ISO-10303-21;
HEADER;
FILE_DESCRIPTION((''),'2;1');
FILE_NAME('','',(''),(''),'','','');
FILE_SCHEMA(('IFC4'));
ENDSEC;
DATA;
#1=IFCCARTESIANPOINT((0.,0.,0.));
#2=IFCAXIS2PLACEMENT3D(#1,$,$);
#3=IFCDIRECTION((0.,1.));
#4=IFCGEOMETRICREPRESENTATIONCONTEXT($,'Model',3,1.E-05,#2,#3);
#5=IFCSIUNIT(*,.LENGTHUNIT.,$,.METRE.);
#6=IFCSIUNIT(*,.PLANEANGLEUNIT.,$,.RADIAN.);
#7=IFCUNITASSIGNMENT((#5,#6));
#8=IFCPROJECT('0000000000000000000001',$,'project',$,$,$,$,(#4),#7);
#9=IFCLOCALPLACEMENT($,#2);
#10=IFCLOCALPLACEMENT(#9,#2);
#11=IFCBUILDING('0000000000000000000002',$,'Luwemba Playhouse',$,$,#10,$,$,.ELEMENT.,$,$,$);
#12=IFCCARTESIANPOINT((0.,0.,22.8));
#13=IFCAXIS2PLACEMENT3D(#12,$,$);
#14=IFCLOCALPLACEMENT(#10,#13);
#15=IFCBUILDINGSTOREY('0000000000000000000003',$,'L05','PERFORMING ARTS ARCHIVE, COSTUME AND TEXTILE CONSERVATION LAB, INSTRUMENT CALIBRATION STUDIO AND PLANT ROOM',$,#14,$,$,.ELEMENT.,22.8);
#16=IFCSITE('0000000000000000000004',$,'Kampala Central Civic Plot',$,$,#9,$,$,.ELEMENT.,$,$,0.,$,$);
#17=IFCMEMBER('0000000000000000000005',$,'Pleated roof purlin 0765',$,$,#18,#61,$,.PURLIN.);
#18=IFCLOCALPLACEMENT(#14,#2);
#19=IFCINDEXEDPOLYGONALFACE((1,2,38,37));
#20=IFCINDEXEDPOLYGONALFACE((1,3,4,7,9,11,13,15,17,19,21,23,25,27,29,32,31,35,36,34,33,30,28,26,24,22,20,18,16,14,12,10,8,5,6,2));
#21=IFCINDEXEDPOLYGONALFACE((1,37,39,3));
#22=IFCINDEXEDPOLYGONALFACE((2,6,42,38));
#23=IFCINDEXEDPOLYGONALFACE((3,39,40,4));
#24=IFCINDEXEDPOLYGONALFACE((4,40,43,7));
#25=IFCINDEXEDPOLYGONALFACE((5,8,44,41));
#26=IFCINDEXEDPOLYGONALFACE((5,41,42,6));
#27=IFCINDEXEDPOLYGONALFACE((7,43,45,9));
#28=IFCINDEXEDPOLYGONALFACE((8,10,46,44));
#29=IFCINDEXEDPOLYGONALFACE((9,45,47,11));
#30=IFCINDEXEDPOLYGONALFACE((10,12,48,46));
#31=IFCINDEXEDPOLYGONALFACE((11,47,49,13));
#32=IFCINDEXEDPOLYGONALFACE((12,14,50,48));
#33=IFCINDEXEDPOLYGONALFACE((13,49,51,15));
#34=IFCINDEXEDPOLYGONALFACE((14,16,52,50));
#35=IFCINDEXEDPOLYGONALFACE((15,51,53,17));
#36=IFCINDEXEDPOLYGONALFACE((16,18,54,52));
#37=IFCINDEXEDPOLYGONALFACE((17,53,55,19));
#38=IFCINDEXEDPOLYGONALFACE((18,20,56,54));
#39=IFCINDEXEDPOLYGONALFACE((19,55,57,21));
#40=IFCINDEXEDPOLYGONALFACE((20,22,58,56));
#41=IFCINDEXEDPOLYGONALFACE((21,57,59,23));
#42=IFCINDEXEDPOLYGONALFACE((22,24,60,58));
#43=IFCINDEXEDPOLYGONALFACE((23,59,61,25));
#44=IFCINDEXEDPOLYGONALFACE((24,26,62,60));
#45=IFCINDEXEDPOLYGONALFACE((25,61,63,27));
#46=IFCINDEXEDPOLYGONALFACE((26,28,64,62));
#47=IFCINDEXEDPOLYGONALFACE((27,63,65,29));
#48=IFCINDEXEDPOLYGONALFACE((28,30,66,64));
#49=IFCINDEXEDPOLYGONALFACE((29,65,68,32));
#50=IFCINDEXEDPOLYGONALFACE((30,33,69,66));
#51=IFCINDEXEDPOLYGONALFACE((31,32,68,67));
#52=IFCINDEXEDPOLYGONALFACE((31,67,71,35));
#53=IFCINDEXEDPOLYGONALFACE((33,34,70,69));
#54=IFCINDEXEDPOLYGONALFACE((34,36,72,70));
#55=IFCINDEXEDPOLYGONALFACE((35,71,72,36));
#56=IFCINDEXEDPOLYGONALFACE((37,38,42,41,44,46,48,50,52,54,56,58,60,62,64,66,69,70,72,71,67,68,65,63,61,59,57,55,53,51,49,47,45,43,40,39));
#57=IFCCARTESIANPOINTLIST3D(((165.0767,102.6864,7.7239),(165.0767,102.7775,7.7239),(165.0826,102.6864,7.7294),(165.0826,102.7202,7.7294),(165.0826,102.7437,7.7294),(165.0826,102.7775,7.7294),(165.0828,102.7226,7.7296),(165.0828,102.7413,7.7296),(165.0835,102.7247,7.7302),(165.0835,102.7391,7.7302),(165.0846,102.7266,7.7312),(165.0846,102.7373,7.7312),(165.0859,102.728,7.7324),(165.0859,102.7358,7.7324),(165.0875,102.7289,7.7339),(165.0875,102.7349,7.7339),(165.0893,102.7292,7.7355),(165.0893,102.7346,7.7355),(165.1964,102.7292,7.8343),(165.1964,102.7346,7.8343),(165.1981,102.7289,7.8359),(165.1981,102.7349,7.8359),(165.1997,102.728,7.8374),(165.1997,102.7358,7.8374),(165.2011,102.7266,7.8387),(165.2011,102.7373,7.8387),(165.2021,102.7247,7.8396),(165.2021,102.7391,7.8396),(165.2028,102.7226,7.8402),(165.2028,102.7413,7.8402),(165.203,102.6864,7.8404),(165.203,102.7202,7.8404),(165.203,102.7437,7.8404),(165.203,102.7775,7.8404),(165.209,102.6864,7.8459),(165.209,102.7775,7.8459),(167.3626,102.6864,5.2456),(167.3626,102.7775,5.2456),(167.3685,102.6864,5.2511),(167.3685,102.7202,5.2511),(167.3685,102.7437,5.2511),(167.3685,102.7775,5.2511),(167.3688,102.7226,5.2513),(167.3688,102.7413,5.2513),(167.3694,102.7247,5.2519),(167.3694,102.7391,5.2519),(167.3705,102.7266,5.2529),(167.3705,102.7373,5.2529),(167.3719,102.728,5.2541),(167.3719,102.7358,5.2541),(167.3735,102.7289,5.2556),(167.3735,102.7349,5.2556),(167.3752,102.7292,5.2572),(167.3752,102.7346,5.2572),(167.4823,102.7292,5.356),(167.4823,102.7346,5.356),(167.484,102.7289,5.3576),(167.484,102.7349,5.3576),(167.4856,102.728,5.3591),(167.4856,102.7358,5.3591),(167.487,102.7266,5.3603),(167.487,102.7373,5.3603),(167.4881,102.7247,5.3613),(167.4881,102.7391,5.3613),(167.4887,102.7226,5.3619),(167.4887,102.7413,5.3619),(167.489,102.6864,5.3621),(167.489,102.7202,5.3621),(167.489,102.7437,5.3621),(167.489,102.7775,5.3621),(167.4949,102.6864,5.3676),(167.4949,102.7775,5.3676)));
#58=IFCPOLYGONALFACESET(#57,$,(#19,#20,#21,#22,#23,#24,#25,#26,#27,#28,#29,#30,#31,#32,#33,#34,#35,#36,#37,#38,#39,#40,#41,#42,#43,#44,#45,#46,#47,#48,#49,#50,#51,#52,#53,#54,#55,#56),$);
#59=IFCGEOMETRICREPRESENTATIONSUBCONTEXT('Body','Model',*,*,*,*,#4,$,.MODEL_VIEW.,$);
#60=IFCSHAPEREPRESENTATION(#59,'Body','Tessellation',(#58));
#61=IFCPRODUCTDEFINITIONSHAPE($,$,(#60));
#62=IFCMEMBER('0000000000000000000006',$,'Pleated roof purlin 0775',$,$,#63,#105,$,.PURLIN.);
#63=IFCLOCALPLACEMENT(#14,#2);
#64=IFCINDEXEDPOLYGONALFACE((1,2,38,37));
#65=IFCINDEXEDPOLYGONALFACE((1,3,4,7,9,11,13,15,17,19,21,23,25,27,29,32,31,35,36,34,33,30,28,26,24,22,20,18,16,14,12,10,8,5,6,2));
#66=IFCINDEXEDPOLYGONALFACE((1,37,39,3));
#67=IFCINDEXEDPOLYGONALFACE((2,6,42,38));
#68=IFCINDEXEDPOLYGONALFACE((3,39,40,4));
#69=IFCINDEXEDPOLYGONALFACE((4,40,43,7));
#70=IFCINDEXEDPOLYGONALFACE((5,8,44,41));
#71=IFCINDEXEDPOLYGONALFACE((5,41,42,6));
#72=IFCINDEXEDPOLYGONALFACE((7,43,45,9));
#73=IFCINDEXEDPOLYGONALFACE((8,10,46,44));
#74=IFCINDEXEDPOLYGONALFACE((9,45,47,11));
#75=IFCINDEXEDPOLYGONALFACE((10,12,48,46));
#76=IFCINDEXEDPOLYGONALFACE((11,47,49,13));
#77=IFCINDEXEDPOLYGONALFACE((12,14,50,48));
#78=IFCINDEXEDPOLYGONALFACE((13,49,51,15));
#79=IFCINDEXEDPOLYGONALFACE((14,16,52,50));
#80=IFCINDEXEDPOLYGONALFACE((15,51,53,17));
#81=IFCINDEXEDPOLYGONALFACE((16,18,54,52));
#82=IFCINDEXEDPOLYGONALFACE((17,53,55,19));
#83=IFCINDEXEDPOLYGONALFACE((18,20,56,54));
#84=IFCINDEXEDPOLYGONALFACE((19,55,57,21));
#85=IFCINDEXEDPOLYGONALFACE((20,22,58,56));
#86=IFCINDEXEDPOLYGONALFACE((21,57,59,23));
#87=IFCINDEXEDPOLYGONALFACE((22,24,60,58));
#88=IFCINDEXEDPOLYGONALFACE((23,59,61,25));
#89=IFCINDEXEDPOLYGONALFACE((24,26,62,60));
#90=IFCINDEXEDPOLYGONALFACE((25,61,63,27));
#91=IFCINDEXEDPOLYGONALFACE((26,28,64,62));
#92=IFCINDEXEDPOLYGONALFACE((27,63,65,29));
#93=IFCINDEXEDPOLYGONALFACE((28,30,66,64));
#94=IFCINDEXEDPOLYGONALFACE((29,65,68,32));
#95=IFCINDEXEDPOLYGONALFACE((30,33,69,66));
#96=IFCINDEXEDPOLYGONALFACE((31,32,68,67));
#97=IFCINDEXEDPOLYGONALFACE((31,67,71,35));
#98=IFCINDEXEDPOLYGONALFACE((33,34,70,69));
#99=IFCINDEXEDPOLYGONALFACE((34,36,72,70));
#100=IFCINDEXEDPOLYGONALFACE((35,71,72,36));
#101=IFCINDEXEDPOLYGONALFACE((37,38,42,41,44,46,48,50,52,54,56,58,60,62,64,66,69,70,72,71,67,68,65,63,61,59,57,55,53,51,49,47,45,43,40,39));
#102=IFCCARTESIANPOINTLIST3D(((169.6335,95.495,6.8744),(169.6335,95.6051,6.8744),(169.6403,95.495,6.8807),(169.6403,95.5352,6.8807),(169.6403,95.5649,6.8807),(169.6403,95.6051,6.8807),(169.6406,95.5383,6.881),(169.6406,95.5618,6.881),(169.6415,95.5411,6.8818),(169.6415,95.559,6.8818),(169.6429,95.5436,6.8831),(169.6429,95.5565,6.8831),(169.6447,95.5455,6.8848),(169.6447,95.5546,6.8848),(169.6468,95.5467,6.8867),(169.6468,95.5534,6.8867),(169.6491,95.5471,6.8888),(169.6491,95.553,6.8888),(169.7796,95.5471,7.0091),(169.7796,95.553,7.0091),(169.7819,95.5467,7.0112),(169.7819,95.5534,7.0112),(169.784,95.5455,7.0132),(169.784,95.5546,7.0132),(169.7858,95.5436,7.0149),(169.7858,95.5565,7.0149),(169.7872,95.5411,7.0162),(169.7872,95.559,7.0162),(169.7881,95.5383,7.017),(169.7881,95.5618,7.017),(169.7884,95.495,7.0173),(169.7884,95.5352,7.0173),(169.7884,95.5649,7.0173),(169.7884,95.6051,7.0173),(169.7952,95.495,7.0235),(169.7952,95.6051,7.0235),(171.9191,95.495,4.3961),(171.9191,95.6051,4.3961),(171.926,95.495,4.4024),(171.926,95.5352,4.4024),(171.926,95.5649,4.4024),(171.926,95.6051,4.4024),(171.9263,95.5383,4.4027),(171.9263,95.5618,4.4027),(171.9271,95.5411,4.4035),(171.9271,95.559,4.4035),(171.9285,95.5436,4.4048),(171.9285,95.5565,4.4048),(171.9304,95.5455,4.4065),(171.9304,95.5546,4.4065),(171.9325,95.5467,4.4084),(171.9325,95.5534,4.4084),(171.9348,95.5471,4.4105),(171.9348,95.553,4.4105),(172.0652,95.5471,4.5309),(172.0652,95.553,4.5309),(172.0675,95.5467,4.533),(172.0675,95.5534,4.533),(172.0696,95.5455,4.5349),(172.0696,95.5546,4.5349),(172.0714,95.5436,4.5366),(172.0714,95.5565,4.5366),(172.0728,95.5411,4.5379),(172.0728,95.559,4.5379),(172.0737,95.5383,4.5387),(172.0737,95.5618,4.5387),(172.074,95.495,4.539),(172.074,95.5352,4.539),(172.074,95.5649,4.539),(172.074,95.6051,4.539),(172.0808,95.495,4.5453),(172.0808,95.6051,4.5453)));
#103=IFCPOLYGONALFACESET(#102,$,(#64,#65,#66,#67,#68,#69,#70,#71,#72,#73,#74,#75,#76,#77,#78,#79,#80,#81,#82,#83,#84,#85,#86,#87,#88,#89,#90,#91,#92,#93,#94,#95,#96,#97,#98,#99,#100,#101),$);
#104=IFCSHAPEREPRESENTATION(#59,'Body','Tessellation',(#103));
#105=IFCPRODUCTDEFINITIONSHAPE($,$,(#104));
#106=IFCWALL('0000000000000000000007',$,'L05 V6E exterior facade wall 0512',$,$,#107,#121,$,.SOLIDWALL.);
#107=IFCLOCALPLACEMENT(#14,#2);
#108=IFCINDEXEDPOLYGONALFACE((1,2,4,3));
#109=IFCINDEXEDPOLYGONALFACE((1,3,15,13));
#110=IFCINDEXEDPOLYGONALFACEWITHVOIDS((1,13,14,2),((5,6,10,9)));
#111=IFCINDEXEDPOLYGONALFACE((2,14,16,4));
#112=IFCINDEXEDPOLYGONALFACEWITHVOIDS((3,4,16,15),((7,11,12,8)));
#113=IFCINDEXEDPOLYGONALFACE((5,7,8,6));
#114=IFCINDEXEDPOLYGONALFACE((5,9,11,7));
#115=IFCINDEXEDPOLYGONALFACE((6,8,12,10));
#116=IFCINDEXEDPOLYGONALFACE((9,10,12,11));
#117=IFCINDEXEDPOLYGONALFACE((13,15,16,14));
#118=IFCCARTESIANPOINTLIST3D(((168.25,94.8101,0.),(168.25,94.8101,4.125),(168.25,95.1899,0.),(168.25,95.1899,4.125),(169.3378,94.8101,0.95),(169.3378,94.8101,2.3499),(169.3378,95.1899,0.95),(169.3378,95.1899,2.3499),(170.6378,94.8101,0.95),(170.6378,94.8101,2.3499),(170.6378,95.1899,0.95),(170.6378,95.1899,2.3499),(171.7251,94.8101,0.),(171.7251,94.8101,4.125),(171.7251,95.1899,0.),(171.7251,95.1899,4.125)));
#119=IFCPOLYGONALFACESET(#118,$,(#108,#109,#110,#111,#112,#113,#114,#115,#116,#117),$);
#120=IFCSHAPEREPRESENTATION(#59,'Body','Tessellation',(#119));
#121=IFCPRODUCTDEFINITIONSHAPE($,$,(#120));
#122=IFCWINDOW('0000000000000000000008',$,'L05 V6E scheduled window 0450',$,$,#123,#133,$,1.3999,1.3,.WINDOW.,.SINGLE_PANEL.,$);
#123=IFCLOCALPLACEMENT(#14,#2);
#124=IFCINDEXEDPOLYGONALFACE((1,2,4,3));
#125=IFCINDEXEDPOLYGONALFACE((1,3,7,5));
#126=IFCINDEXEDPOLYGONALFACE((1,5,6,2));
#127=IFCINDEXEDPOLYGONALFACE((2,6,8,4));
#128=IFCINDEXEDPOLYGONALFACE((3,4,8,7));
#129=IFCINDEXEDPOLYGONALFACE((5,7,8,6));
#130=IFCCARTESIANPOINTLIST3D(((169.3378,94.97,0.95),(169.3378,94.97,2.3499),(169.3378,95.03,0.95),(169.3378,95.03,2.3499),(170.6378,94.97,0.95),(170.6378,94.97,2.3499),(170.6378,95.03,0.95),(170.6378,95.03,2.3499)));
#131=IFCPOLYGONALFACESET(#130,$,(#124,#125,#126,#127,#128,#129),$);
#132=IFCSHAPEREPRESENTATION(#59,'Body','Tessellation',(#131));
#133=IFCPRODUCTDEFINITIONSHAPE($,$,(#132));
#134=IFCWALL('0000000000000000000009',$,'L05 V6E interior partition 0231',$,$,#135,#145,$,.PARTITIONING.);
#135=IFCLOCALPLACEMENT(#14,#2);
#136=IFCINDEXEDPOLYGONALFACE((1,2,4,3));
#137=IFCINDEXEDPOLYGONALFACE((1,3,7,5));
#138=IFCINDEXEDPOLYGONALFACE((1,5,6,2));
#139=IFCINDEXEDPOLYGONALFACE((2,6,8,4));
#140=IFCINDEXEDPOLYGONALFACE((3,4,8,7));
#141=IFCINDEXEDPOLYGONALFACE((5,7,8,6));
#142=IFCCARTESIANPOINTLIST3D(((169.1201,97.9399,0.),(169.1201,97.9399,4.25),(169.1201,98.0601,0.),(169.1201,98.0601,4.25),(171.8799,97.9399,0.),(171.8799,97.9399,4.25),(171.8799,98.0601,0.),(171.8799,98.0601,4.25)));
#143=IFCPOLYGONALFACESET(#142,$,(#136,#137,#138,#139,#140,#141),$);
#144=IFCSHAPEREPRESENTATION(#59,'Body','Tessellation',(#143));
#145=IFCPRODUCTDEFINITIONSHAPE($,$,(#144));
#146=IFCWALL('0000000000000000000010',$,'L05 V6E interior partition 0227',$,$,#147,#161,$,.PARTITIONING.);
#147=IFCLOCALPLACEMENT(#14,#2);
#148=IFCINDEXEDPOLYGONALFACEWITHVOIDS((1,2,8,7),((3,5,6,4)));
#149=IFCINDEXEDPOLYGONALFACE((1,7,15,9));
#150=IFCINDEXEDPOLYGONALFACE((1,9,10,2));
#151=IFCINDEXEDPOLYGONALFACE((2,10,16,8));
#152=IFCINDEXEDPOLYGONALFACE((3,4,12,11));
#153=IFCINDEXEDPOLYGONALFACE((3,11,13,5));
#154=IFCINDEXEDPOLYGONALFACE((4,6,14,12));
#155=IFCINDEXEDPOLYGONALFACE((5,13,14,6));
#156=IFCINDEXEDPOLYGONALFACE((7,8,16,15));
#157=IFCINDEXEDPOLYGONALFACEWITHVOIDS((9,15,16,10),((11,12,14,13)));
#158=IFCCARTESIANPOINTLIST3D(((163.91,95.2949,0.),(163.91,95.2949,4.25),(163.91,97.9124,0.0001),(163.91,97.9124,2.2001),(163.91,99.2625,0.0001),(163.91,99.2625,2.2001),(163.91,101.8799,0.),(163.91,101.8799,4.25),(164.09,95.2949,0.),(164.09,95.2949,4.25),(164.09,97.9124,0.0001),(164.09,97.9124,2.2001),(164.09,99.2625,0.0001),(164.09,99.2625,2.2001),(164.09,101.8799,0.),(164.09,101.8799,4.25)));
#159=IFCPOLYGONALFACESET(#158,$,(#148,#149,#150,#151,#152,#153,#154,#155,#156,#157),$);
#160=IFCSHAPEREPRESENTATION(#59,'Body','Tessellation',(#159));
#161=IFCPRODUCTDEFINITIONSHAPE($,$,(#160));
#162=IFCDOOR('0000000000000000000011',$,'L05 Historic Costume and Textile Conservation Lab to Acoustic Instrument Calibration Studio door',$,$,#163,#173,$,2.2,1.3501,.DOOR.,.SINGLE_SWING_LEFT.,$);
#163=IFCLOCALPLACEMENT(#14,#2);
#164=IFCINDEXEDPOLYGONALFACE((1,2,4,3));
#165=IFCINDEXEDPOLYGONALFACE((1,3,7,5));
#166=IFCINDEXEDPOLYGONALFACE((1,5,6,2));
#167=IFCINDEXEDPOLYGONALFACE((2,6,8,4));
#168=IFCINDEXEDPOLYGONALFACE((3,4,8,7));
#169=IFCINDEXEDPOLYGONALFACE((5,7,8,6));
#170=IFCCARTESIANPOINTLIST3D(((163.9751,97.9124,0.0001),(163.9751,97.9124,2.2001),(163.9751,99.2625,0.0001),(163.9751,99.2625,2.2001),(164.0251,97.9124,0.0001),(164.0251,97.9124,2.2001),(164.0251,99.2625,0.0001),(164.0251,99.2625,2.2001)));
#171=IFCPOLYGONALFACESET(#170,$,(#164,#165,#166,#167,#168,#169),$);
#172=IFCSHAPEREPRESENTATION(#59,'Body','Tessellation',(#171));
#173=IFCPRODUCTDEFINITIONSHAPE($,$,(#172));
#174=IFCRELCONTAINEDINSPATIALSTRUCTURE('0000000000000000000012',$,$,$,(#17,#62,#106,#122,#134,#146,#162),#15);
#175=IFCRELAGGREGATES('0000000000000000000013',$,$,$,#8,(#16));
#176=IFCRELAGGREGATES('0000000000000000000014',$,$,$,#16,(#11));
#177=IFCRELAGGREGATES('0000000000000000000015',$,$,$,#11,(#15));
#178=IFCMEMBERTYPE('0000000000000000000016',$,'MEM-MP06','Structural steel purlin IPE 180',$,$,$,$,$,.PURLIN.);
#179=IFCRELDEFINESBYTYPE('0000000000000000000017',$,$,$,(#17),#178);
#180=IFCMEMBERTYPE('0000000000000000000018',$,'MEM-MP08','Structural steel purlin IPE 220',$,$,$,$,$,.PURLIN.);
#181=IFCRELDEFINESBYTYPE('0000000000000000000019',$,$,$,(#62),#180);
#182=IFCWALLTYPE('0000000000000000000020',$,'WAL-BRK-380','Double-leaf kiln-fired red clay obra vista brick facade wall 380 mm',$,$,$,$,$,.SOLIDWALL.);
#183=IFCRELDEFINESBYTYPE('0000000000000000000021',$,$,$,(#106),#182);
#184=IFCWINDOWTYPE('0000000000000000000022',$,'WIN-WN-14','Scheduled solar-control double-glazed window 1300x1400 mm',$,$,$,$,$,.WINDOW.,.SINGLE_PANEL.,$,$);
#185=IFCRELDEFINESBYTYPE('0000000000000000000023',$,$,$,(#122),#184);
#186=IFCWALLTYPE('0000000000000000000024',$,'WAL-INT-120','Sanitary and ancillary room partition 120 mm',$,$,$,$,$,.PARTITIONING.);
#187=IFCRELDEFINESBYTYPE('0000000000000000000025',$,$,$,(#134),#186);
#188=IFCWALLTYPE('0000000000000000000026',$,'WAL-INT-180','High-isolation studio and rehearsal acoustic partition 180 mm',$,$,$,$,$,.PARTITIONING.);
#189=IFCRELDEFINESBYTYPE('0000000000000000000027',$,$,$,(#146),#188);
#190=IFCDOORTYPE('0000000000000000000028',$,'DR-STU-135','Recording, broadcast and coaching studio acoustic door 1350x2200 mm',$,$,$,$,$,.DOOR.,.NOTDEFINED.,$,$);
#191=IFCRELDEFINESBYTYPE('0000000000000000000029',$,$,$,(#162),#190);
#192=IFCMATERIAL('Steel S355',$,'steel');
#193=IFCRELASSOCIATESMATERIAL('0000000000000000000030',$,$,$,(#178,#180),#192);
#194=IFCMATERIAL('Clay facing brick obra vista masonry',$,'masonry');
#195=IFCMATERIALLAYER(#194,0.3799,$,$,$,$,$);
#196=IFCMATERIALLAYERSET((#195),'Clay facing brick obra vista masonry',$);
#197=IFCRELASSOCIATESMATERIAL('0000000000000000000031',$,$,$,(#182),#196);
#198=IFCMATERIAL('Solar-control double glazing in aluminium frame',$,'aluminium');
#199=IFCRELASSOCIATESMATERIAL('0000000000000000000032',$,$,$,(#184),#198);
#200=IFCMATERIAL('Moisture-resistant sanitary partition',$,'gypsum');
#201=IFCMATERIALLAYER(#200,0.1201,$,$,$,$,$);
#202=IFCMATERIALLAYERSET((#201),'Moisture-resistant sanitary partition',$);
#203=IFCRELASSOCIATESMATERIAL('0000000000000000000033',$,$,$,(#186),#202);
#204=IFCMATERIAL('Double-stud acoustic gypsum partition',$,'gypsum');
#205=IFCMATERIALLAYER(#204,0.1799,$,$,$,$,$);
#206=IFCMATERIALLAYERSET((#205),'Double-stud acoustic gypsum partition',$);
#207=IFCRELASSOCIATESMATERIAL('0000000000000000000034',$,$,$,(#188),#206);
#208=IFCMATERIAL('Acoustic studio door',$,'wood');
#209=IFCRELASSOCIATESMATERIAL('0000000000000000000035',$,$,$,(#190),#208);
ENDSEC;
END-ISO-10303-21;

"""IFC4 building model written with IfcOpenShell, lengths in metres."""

from ifc_helpers import new_model, si_unit, direction, frame, frame_2d, origin, origin_2d, place, context, subcontext, project, spatial, rectangle, i_section, extrude, material, layer, layer_set, material_profile, profile_set, type_object, element, fill, save


model = new_model("IFC4")

# Units and contexts
model_context = context("Model", 3, precision=1e-05, world=origin(), true_north=direction((0.0, 1.0)))
body_context = subcontext(model_context, "Body", "Model", "MODEL_VIEW")
ifc_project = project(units=[si_unit("LENGTHUNIT", "METRE"), si_unit("PLANEANGLEUNIT", "RADIAN")], contexts=[model_context])

# Site, building, storey
site_placement = place(None, origin())
site = spatial("IfcSite", under=ifc_project, at=site_placement, Name="Kampala Central Civic Plot", CompositionType="ELEMENT", RefElevation=0.0)
building_placement = place(site_placement, origin())
building = spatial("IfcBuilding", under=site, at=building_placement, Name="Luwemba Playhouse", CompositionType="ELEMENT")
storey_placement = place(building_placement, frame((0.0, 0.0, 22.8)))
storey = spatial("IfcBuildingStorey", under=building, at=storey_placement, Name="L05", Description="PERFORMING ARTS ARCHIVE, COSTUME AND TEXTILE CONSERVATION LAB, INSTRUMENT CALIBRATION STUDIO AND PLANT ROOM", CompositionType="ELEMENT", Elevation=22.8)

# Shared definitions
ifc_material_1 = material(Name="Steel S355", Category="steel")

# Members
ifc_material_profile_1 = material_profile(ifc_material_1, i_section(OverallWidth=0.0911, OverallDepth=0.1799, WebThickness=0.0054, FlangeThickness=0.0081, FilletRadius=0.009, at=origin_2d()))
ifc_profile_set_1 = profile_set([ifc_material_profile_1], Name="Steel S355")
member_type_1 = type_object("IfcMemberType", Name="MEM-MP06", Description="Structural steel purlin IPE 180", PredefinedType="PURLIN", material=ifc_profile_set_1)
member_1_placement = place(storey_placement, frame((165.1428, 102.7319, 7.7849), z_axis=(0.678, 0.0, -0.735062), x_axis=(0.0, 1.0, 0.0)))
element("IfcMember", 1, at=member_1_placement, inside=storey, type_object=member_type_1, Name="Pleated roof purlin 0765", PredefinedType="PURLIN", context=body_context, shape_type="SweptSolid", body=[
    extrude(i_section(OverallWidth=0.0911, OverallDepth=0.1799, WebThickness=0.0054, FlangeThickness=0.0081, FilletRadius=0.009, at=origin_2d()), origin(), (0.0, 0.0, 1.0), 3.3716),
])
ifc_material_profile_2 = material_profile(ifc_material_1, i_section(OverallWidth=0.1101, OverallDepth=0.22, WebThickness=0.0059, FlangeThickness=0.0093, FilletRadius=0.012, at=origin_2d()))
ifc_profile_set_2 = profile_set([ifc_material_profile_2], Name="Steel S355")
member_type_2 = type_object("IfcMemberType", Name="MEM-MP08", Description="Structural steel purlin IPE 220", PredefinedType="PURLIN", material=ifc_profile_set_2)
member_2_placement = place(storey_placement, frame((169.7144, 95.55, 6.949), z_axis=(0.677961, 0.0, -0.735098), x_axis=(0.0, 1.0, 0.0)))
element("IfcMember", 2, at=member_2_placement, inside=storey, type_object=member_type_2, Name="Pleated roof purlin 0775", PredefinedType="PURLIN", context=body_context, shape_type="SweptSolid", body=[
    extrude(i_section(OverallWidth=0.1101, OverallDepth=0.22, WebThickness=0.0059, FlangeThickness=0.0093, FilletRadius=0.012, at=origin_2d()), origin(), (0.0, 0.0, 1.0), 3.3713),
])

# Wall, opening, window
ifc_material_2 = material(Name="Clay facing brick obra vista masonry", Category="masonry")
ifc_layer_1 = layer(ifc_material_2, 0.3799)
ifc_layer_set_1 = layer_set([ifc_layer_1], Name="Clay facing brick obra vista masonry")
wall_type_1 = type_object("IfcWallType", Name="WAL-BRK-380", Description="Double-leaf kiln-fired red clay obra vista brick facade wall 380 mm", PredefinedType="SOLIDWALL", material=ifc_layer_set_1)
wall_1_placement = place(storey_placement, frame((171.7251, 95.0, 0.0), z_axis=(0.0, 0.0, 1.0), x_axis=(-1.0, 0.0, 0.0)))
wall_1 = element("IfcWall", 3, at=wall_1_placement, inside=storey, type_object=wall_type_1, Name="L05 V6E exterior facade wall 0512", PredefinedType="SOLIDWALL", context=body_context, shape_type="SweptSolid", body=[
    extrude(rectangle(XDim=3.4751, YDim=0.3799, at=frame_2d((1.7375, 0.0))), origin(), (0.0, 0.0, 1.0), 4.125),
])
opening_1_placement = place(wall_1_placement, frame((1.0874, 0.0, 0.95)))
opening_1 = element("IfcOpeningElement", 4, at=opening_1_placement, cuts=wall_1, PredefinedType="OPENING", context=body_context, shape_type="SweptSolid", body=[
    extrude(rectangle(XDim=1.3, YDim=1.3999, at=frame_2d((0.6499, 0.7))), frame((0.0, 0.2, 0.0), z_axis=(0.0, -1.0, 0.0), x_axis=(1.0, 0.0, 0.0)), (0.0, 0.0, 1.0), 0.3999),
])
ifc_material_3 = material(Name="Solar-control double glazing in aluminium frame", Category="aluminium")
window_type_1 = type_object("IfcWindowType", Name="WIN-WN-14", Description="Scheduled solar-control double-glazed window 1300x1400 mm", PartitioningType="SINGLE_PANEL", PredefinedType="WINDOW", material=ifc_material_3)
window_1_placement = place(opening_1_placement, origin())
window_1 = element("IfcWindow", 5, at=window_1_placement, inside=storey, type_object=window_type_1, Name="L05 V6E scheduled window 0450", OverallHeight=1.3999, OverallWidth=1.3, PartitioningType="SINGLE_PANEL", PredefinedType="WINDOW", context=body_context, shape_type="SweptSolid", body=[
    extrude(rectangle(XDim=1.3, YDim=1.3999, at=frame_2d((0.6499, 0.7))), frame((0.0, 0.03, 0.0), z_axis=(0.0, -1.0, 0.0), x_axis=(1.0, 0.0, 0.0)), (0.0, 0.0, 1.0), 0.0601),
])
fill(opening_1, window_1)

# Wall
ifc_material_4 = material(Name="Moisture-resistant sanitary partition", Category="gypsum")
ifc_layer_2 = layer(ifc_material_4, 0.1201)
ifc_layer_set_2 = layer_set([ifc_layer_2], Name="Moisture-resistant sanitary partition")
wall_type_2 = type_object("IfcWallType", Name="WAL-INT-120", Description="Sanitary and ancillary room partition 120 mm", PredefinedType="PARTITIONING", material=ifc_layer_set_2)
wall_2_placement = place(storey_placement, frame((169.1201, 98.0, 0.0), z_axis=(0.0, 0.0, 1.0), x_axis=(1.0, 0.0, 0.0)))
element("IfcWall", 6, at=wall_2_placement, inside=storey, type_object=wall_type_2, Name="L05 V6E interior partition 0231", PredefinedType="PARTITIONING", context=body_context, shape_type="SweptSolid", body=[
    extrude(rectangle(XDim=2.7598, YDim=0.1201, at=frame_2d((1.3799, 0.0))), origin(), (0.0, 0.0, 1.0), 4.25),
])

# Wall, opening, door
ifc_material_5 = material(Name="Double-stud acoustic gypsum partition", Category="gypsum")
ifc_layer_3 = layer(ifc_material_5, 0.1799)
ifc_layer_set_3 = layer_set([ifc_layer_3], Name="Double-stud acoustic gypsum partition")
wall_type_3 = type_object("IfcWallType", Name="WAL-INT-180", Description="High-isolation studio and rehearsal acoustic partition 180 mm", PredefinedType="PARTITIONING", material=ifc_layer_set_3)
wall_3_placement = place(storey_placement, frame((164.0, 95.2949, 0.0), z_axis=(0.0, 0.0, 1.0), x_axis=(0.0, 1.0, 0.0)))
wall_3 = element("IfcWall", 7, at=wall_3_placement, inside=storey, type_object=wall_type_3, Name="L05 V6E interior partition 0227", PredefinedType="PARTITIONING", context=body_context, shape_type="SweptSolid", body=[
    extrude(rectangle(XDim=6.585, YDim=0.1799, at=frame_2d((3.2925, 0.0))), origin(), (0.0, 0.0, 1.0), 4.25),
])
opening_2_placement = place(wall_3_placement, frame((2.6174, 0.0, 0.0)))
opening_2 = element("IfcOpeningElement", 8, at=opening_2_placement, cuts=wall_3, PredefinedType="OPENING", context=body_context, shape_type="SweptSolid", body=[
    extrude(rectangle(XDim=1.3501, YDim=2.2, at=frame_2d((0.675, 1.1001))), frame((0.0, 0.0999, 0.0), z_axis=(0.0, -1.0, 0.0), x_axis=(1.0, 0.0, 0.0)), (0.0, 0.0, 1.0), 0.2),
])
ifc_material_6 = material(Name="Acoustic studio door", Category="wood")
door_type = type_object("IfcDoorType", Name="DR-STU-135", Description="Recording, broadcast and coaching studio acoustic door 1350x2200 mm", OperationType="NOTDEFINED", PredefinedType="DOOR", material=ifc_material_6)
door_1_placement = place(opening_2_placement, origin())
door_1 = element("IfcDoor", 9, at=door_1_placement, inside=storey, type_object=door_type, Name="L05 Historic Costume and Textile Conservation Lab to Acoustic Instrument Calibration Studio door", OperationType="SINGLE_SWING_LEFT", OverallHeight=2.2, OverallWidth=1.3501, PredefinedType="DOOR", context=body_context, shape_type="SweptSolid", body=[
    extrude(rectangle(XDim=1.3501, YDim=2.2, at=frame_2d((0.675, 1.1001))), frame((0.0, 0.0249, 0.0), z_axis=(0.0, -1.0, 0.0), x_axis=(1.0, 0.0, 0.0)), (0.0, 0.0, 1.0), 0.05),
])
fill(opening_2, door_1)

save(model, "model.ifc")
